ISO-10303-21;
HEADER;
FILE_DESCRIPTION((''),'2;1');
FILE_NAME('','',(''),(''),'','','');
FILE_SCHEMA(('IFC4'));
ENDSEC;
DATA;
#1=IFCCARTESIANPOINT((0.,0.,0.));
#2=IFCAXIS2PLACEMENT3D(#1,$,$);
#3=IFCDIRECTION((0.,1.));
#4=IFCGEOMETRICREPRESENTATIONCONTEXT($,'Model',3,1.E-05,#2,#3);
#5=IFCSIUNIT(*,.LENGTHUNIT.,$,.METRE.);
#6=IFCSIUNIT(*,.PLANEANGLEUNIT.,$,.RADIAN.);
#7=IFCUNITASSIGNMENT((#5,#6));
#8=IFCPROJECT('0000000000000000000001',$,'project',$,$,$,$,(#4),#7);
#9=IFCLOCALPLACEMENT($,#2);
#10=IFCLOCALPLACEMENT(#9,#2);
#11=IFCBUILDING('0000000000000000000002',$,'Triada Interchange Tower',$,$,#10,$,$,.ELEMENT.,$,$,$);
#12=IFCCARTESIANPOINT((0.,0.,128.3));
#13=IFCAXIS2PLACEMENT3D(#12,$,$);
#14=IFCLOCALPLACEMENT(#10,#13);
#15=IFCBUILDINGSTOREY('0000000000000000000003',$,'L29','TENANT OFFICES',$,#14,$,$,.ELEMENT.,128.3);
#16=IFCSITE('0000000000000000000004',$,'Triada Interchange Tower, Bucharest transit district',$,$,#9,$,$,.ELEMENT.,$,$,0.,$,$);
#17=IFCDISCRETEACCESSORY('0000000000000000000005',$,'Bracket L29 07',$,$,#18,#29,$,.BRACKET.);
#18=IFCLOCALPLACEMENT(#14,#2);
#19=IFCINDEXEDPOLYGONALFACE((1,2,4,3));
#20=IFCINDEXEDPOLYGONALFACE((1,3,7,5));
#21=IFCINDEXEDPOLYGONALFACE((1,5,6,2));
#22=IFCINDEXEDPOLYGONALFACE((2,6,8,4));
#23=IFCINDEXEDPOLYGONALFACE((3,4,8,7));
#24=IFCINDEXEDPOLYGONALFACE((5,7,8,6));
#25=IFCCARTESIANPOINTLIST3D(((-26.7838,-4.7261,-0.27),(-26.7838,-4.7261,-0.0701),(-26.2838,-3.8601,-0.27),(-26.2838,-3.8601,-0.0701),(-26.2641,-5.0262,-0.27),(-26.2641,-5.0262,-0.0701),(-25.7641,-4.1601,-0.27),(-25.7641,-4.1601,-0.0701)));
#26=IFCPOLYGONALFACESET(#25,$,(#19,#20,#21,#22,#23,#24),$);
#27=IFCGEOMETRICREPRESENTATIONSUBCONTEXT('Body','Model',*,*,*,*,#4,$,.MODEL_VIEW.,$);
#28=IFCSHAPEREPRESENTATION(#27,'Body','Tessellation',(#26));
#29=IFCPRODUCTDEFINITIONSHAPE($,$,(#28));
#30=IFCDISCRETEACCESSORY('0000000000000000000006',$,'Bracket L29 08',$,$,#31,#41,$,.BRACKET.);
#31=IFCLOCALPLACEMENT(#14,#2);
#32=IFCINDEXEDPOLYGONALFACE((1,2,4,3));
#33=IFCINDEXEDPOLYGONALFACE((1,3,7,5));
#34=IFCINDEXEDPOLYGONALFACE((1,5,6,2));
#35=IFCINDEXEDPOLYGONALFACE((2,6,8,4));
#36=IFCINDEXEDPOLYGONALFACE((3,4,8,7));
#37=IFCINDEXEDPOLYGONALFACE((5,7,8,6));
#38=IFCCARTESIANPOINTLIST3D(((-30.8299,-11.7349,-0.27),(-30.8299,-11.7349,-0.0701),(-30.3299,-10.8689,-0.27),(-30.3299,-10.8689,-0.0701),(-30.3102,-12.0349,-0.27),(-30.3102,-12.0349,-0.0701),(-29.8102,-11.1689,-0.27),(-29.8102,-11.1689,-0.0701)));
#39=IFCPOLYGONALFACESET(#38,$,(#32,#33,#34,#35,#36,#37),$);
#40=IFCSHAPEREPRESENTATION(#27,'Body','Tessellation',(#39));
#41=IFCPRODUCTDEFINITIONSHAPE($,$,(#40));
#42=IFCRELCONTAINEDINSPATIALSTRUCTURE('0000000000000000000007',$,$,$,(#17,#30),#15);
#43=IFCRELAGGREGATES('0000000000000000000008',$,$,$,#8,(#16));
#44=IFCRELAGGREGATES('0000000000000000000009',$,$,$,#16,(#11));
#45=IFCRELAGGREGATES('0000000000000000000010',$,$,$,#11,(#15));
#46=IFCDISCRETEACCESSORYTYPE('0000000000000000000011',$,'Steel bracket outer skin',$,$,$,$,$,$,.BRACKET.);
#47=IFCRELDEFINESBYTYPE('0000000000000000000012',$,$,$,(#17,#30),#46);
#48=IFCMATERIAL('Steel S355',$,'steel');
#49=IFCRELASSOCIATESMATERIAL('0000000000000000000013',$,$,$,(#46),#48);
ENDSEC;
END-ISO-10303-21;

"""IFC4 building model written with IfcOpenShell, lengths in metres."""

from ifc_helpers import new_model, si_unit, direction, frame, origin, origin_2d, place, context, subcontext, project, spatial, rectangle, extrude, material, type_object, element, save


model = new_model("IFC4")

# Units and contexts
model_context = context("Model", 3, precision=1e-05, world=origin(), true_north=direction((0.0, 1.0)))
body_context = subcontext(model_context, "Body", "Model", "MODEL_VIEW")
ifc_project = project(units=[si_unit("LENGTHUNIT", "METRE"), si_unit("PLANEANGLEUNIT", "RADIAN")], contexts=[model_context])

# Site, building, storey
site_placement = place(None, origin())
site = spatial("IfcSite", under=ifc_project, at=site_placement, Name="Triada Interchange Tower, Bucharest transit district", CompositionType="ELEMENT", RefElevation=0.0)
building_placement = place(site_placement, origin())
building = spatial("IfcBuilding", under=site, at=building_placement, Name="Triada Interchange Tower", CompositionType="ELEMENT")
storey_placement = place(building_placement, frame((0.0, 0.0, 128.3)))
storey = spatial("IfcBuildingStorey", under=building, at=storey_placement, Name="L29", Description="TENANT OFFICES", CompositionType="ELEMENT", Elevation=128.3)

# Discrete accessories
ifc_material_1 = material(Name="Steel S355", Category="steel")
discrete_accessory_type = type_object("IfcDiscreteAccessoryType", Name="Steel bracket outer skin", PredefinedType="BRACKET", material=ifc_material_1)
for number, where, z_axis, x_axis, name in (
    (1, (-26.2739, -4.4431, -0.27), (0.0, 0.0, 1.0), (-0.866023, 0.500004, 0.0), "Bracket L29 07"),
    (2, (-30.3201, -11.4519, -0.27), (0.0, 0.0, 1.0), (-0.866023, 0.500004, 0.0), "Bracket L29 08"),
):
    element("IfcDiscreteAccessory", number, at=place(storey_placement, frame(where, z_axis=z_axis, x_axis=x_axis)), inside=storey, type_object=discrete_accessory_type, Name=name, PredefinedType="BRACKET", context=body_context, shape_type="SweptSolid", body=[
        extrude(rectangle(XDim=0.6001, YDim=1.0, at=origin_2d()), origin(), (0.0, 0.0, 1.0), 0.2),
    ])

save(model, "model.ifc")
